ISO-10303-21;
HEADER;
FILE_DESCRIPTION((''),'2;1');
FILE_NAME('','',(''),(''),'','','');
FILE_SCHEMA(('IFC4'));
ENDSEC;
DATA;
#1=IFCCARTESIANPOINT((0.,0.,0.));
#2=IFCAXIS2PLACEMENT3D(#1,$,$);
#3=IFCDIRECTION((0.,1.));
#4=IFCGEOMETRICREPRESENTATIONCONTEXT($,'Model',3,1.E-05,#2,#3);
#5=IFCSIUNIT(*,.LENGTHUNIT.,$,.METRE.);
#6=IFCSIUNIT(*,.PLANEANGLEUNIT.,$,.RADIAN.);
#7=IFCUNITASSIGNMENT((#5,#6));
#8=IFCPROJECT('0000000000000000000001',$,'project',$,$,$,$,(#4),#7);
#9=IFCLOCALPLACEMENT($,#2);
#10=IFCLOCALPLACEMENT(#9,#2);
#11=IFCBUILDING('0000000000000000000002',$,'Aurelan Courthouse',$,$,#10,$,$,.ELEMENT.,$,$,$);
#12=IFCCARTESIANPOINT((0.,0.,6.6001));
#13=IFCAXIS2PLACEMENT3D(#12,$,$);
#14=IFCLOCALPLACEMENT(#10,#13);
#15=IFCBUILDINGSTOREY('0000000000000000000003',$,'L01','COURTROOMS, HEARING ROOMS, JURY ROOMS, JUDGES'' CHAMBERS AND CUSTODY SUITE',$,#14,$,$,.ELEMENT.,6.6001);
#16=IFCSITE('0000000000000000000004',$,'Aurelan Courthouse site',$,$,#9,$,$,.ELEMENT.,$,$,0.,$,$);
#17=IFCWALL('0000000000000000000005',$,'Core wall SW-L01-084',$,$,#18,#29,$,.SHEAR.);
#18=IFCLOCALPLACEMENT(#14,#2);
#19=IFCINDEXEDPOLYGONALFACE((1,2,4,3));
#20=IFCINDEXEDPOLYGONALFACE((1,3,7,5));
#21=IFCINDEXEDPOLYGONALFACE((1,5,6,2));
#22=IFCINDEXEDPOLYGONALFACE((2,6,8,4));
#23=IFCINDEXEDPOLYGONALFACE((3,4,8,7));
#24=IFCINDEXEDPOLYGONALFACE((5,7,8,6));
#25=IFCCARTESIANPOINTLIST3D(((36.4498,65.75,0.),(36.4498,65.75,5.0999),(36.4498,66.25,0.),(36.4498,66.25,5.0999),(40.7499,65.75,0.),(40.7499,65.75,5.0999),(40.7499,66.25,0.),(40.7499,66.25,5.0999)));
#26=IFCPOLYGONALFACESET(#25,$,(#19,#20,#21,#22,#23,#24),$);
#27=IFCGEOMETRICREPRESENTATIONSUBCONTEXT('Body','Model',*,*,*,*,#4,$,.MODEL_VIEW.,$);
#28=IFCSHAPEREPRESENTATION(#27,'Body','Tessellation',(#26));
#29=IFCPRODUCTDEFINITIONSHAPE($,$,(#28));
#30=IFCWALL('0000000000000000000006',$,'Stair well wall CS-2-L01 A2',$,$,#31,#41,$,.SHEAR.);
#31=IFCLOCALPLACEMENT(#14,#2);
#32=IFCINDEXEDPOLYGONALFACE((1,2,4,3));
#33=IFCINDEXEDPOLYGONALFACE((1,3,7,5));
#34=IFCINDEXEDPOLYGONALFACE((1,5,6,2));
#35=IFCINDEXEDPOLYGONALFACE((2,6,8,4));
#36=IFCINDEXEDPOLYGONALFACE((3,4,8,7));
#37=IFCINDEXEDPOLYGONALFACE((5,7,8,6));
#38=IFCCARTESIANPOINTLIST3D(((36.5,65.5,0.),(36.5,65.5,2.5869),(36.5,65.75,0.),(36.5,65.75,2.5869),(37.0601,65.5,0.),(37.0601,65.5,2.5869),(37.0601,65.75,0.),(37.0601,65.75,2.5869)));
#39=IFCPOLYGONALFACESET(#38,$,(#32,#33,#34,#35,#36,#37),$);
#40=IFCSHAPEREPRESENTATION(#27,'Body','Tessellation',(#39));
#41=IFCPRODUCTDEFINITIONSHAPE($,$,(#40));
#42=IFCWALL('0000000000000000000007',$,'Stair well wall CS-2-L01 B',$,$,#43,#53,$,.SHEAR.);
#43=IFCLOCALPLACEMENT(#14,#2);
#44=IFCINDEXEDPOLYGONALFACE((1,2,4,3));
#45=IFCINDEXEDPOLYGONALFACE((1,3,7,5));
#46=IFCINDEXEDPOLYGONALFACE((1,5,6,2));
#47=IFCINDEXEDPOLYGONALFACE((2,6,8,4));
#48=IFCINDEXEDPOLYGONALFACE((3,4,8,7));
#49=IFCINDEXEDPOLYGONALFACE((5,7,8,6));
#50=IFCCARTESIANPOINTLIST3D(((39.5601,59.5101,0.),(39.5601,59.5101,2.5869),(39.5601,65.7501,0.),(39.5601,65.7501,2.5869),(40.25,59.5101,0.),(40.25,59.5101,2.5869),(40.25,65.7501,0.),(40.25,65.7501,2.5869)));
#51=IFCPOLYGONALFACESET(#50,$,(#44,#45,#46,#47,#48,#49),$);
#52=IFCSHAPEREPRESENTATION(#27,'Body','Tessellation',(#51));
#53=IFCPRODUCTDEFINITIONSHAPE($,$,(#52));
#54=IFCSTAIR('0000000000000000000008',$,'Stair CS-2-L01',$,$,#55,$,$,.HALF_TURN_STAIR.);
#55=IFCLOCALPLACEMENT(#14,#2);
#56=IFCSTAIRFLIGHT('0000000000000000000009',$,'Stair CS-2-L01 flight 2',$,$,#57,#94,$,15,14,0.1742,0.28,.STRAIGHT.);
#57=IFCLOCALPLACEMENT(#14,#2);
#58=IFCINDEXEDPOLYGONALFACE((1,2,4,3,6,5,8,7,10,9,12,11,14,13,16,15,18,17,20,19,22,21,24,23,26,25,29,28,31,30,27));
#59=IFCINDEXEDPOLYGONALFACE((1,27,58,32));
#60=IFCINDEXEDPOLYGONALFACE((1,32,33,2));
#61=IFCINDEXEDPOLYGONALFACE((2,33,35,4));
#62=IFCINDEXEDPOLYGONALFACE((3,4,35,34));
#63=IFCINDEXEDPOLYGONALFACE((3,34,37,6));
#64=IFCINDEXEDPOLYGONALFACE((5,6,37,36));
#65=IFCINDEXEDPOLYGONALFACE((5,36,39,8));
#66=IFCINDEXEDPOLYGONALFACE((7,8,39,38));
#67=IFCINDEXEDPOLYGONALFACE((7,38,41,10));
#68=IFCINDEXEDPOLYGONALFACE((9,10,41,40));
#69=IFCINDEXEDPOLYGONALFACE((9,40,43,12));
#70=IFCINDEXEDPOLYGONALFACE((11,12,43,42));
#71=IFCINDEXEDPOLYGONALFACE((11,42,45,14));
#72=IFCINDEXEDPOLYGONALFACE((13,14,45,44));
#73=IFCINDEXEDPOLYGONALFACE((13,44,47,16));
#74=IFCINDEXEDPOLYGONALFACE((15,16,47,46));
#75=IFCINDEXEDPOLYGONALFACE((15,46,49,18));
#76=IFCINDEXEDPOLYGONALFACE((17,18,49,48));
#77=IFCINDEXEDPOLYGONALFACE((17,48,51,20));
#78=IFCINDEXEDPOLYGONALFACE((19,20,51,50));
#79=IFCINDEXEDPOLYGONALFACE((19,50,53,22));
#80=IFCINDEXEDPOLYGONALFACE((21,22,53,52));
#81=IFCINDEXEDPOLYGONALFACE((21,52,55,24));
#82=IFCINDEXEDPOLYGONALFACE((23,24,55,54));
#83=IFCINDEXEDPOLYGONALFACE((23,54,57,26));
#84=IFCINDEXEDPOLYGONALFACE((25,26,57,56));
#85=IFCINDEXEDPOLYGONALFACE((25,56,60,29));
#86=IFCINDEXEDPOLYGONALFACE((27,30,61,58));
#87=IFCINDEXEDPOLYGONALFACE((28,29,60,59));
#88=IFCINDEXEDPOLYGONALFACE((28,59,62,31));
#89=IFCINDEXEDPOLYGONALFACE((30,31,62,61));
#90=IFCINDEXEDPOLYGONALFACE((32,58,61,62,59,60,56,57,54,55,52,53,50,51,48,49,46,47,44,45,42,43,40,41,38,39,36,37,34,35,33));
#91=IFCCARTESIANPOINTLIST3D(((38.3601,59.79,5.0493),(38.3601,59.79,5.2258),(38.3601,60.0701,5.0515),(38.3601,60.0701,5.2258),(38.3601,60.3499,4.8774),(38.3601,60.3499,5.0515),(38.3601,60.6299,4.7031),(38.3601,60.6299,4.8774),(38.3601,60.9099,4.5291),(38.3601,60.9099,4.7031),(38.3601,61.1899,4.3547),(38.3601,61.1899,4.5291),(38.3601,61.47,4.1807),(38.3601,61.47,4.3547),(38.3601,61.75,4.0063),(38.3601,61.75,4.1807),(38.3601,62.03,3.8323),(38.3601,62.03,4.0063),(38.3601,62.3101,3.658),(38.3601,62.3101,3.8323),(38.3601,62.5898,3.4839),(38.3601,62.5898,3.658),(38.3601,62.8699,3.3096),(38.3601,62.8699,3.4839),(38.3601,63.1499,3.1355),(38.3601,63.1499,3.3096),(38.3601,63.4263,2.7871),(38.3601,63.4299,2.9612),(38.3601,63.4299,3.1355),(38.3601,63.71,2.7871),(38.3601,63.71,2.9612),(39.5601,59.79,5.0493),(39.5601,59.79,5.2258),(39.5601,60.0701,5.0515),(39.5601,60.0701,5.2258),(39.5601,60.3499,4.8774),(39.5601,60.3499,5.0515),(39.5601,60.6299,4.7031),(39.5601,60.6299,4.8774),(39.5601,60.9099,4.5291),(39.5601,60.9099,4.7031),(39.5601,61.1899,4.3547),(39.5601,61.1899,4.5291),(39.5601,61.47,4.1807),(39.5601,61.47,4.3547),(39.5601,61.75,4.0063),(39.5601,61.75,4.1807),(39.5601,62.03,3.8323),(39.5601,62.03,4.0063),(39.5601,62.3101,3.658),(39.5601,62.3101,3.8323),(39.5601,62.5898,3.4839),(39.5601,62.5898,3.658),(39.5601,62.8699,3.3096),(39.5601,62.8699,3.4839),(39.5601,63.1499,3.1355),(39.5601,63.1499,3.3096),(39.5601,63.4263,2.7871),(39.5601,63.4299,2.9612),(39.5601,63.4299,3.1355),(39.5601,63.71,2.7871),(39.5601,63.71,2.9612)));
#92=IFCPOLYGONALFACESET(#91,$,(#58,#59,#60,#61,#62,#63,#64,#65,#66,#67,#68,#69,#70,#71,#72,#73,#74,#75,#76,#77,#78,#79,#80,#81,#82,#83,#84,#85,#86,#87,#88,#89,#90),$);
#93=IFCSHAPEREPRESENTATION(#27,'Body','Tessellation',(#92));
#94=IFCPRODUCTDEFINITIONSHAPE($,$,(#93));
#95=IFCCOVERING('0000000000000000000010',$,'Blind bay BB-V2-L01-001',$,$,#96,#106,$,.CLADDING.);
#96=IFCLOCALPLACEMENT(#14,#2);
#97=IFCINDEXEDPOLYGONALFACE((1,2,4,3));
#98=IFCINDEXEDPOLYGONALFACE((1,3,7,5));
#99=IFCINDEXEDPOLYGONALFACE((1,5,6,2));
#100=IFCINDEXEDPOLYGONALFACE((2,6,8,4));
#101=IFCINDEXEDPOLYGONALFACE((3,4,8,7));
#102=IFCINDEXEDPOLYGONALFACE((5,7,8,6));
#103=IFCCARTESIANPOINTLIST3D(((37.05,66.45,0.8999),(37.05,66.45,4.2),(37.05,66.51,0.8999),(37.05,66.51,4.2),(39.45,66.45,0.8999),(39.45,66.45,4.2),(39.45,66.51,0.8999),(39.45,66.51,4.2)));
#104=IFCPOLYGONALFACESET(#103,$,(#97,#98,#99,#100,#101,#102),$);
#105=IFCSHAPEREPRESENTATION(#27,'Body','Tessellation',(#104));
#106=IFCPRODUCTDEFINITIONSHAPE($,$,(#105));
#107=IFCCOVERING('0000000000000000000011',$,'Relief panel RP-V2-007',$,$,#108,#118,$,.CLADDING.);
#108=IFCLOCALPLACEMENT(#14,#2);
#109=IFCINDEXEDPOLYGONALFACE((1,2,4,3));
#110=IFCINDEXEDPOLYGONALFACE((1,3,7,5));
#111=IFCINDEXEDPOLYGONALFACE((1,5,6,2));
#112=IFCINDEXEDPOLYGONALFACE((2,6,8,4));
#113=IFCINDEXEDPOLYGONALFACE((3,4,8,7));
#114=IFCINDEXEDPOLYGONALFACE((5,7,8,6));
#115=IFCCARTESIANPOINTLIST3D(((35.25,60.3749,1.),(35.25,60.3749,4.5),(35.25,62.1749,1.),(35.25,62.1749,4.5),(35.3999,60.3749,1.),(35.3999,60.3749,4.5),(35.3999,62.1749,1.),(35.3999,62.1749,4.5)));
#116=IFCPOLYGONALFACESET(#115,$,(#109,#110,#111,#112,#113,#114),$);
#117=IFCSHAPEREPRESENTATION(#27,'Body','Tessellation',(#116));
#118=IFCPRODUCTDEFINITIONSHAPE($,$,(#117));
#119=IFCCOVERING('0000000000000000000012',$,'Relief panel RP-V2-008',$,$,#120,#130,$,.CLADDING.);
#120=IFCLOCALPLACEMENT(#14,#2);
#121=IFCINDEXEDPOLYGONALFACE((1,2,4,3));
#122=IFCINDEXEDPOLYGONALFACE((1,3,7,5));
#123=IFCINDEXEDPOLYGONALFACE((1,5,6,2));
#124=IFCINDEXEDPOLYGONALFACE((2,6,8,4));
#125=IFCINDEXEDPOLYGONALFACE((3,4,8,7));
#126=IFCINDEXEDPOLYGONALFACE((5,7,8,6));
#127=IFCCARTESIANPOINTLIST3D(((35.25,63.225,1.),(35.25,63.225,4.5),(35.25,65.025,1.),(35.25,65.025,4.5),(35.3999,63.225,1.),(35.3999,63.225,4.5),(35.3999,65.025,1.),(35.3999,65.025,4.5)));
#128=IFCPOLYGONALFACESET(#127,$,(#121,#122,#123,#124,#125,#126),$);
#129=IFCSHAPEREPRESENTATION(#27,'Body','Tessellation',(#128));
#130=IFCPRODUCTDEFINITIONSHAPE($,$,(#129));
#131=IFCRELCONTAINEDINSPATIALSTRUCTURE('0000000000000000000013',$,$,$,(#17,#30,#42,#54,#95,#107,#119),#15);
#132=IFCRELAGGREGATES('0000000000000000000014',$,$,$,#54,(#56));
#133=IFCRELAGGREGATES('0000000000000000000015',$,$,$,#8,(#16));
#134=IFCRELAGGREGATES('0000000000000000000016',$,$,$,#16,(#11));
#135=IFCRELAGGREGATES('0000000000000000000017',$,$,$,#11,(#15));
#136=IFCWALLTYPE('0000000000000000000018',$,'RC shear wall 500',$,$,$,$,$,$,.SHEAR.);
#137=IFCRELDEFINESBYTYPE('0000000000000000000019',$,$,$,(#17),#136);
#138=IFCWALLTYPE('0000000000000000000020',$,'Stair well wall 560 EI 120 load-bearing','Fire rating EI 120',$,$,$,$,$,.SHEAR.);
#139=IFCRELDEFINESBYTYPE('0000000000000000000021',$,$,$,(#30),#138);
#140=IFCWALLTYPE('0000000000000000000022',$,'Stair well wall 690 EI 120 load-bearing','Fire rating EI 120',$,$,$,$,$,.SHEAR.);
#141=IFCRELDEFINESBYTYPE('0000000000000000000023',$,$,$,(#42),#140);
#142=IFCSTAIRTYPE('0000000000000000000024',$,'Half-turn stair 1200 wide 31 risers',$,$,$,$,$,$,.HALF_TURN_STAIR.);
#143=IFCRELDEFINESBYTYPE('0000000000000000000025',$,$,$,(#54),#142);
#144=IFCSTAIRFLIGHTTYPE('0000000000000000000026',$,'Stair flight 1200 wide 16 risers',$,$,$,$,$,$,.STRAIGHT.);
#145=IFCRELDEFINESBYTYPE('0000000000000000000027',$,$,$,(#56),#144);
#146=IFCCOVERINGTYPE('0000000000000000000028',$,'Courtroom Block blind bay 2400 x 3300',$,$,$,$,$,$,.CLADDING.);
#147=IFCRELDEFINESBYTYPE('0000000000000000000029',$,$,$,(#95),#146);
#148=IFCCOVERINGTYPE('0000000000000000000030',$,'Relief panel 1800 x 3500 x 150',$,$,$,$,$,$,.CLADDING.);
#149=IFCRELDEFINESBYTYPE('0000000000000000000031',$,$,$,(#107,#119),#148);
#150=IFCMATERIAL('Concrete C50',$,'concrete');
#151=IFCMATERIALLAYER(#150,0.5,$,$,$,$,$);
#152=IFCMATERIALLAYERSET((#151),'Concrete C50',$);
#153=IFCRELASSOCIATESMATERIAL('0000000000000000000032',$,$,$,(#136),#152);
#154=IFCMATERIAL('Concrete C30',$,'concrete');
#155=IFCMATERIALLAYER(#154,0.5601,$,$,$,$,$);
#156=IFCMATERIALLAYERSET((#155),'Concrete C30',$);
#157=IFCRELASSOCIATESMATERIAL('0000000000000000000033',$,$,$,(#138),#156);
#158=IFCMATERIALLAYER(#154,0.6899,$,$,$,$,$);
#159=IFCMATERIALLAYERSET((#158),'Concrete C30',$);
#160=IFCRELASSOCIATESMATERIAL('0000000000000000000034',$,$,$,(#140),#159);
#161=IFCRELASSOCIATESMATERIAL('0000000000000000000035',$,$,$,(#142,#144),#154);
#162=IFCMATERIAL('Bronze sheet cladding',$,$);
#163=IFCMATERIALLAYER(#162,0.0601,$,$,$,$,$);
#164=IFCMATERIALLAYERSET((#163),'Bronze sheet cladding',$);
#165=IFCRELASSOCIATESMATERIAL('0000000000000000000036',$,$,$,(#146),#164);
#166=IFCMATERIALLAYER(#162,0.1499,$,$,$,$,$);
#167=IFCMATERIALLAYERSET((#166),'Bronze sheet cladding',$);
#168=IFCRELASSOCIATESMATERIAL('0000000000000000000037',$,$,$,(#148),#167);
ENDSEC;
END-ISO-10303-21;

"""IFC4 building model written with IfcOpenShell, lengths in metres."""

from ifc_helpers import new_model, si_unit, direction, frame, frame_2d, origin, origin_2d, place, context, subcontext, project, spatial, polyline, rectangle, outline, extrude, material, layer, layer_set, type_object, element, aggregate, save


model = new_model("IFC4")

# Units and contexts
model_context = context("Model", 3, precision=1e-05, world=origin(), true_north=direction((0.0, 1.0)))
body_context = subcontext(model_context, "Body", "Model", "MODEL_VIEW")
ifc_project = project(units=[si_unit("LENGTHUNIT", "METRE"), si_unit("PLANEANGLEUNIT", "RADIAN")], contexts=[model_context])

# Site, building, storey
site_placement = place(None, origin())
site = spatial("IfcSite", under=ifc_project, at=site_placement, Name="Aurelan Courthouse site", CompositionType="ELEMENT", RefElevation=0.0)
building_placement = place(site_placement, origin())
building = spatial("IfcBuilding", under=site, at=building_placement, Name="Aurelan Courthouse", CompositionType="ELEMENT")
storey_placement = place(building_placement, frame((0.0, 0.0, 6.6001)))
storey = spatial("IfcBuildingStorey", under=building, at=storey_placement, Name="L01", Description="COURTROOMS, HEARING ROOMS, JURY ROOMS, JUDGES' CHAMBERS AND CUSTODY SUITE", CompositionType="ELEMENT", Elevation=6.6001)

# Shared definitions
ifc_material_1 = material(Name="Concrete C50", Category="concrete")

# Shared definitions
ifc_material_2 = material(Name="Concrete C30", Category="concrete")

# Walls
ifc_layer_1 = layer(ifc_material_1, 0.5)
ifc_layer_set_1 = layer_set([ifc_layer_1], Name="Concrete C50")
wall_type_1 = type_object("IfcWallType", Name="RC shear wall 500", PredefinedType="SHEAR", material=ifc_layer_set_1)
wall_1_placement = place(storey_placement, frame((36.45, 66.0, 0.0), z_axis=(0.0, 0.0, 1.0), x_axis=(1.0, 0.0, 0.0)))
element("IfcWall", 1, at=wall_1_placement, inside=storey, type_object=wall_type_1, Name="Core wall SW-L01-084", PredefinedType="SHEAR", context=body_context, shape_type="SweptSolid", body=[
    extrude(rectangle(XDim=4.3, YDim=0.5, at=frame_2d((2.1499, 0.0))), origin(), (0.0, 0.0, 1.0), 5.0999),
])
ifc_layer_2 = layer(ifc_material_2, 0.5601)
ifc_layer_set_2 = layer_set([ifc_layer_2], Name="Concrete C30")
wall_type_2 = type_object("IfcWallType", Name="Stair well wall 560 EI 120 load-bearing", Description="Fire rating EI 120", PredefinedType="SHEAR", material=ifc_layer_set_2)
wall_2_placement = place(storey_placement, frame((36.78, 65.5, 0.0), z_axis=(0.0, 0.0, 1.0), x_axis=(0.0, 1.0, 0.0)))
element("IfcWall", 2, at=wall_2_placement, inside=storey, type_object=wall_type_2, Name="Stair well wall CS-2-L01 A2", PredefinedType="SHEAR", context=body_context, shape_type="SweptSolid", body=[
    extrude(rectangle(XDim=0.25, YDim=0.5601, at=frame_2d((0.125, 0.0))), origin(), (0.0, 0.0, 1.0), 2.5869),
])
ifc_layer_3 = layer(ifc_material_2, 0.6899)
ifc_layer_set_3 = layer_set([ifc_layer_3], Name="Concrete C30")
wall_type_3 = type_object("IfcWallType", Name="Stair well wall 690 EI 120 load-bearing", Description="Fire rating EI 120", PredefinedType="SHEAR", material=ifc_layer_set_3)
wall_3_placement = place(storey_placement, frame((39.905, 59.51, 0.0), z_axis=(0.0, 0.0, 1.0), x_axis=(0.0, 1.0, 0.0)))
element("IfcWall", 3, at=wall_3_placement, inside=storey, type_object=wall_type_3, Name="Stair well wall CS-2-L01 B", PredefinedType="SHEAR", context=body_context, shape_type="SweptSolid", body=[
    extrude(rectangle(XDim=6.24, YDim=0.6899, at=frame_2d((3.1201, 0.0))), origin(), (0.0, 0.0, 1.0), 2.5869),
])

# Stair, stair flight
stair_type = type_object("IfcStairType", Name="Half-turn stair 1200 wide 31 risers", PredefinedType="HALF_TURN_STAIR", material=ifc_material_2)
stair_placement = place(storey_placement, origin())
stair = element("IfcStair", 4, at=stair_placement, inside=storey, type_object=stair_type, Name="Stair CS-2-L01", PredefinedType="HALF_TURN_STAIR")
stair_flight_type = type_object("IfcStairFlightType", Name="Stair flight 1200 wide 16 risers", PredefinedType="STRAIGHT", material=ifc_material_2)
stair_flight_placement = place(storey_placement, frame((38.96, 63.71, 2.7871), z_axis=(0.0, 0.0, 1.0), x_axis=(0.0, -1.0, 0.0)))
stair_flight = element("IfcStairFlight", 5, at=stair_flight_placement, type_object=stair_flight_type, Name="Stair CS-2-L01 flight 2", NumberOfRisers=15, NumberOfTreads=14, PredefinedType="STRAIGHT", RiserHeight=0.1742, TreadLength=0.28, context=body_context, shape_type="SweptSolid", body=[
    extrude(outline(polyline([(0.0, 0.0), (0.0, 0.1741), (0.28, 0.1741), (0.28, 0.3484), (0.5601, 0.3484), (0.5601, 0.5225), (0.8401, 0.5225), (0.8401, 0.6968), (1.1201, 0.6968), (1.1201, 0.8708), (1.3999, 0.8708), (1.3999, 1.0452), (1.6799, 1.0452), (1.6799, 1.2192), (1.96, 1.2192), (1.96, 1.3936), (2.24, 1.3936), (2.24, 1.5676), (2.52, 1.5676), (2.52, 1.7419), (2.8, 1.7419), (2.8, 1.916), (3.0801, 1.916), (3.0801, 2.0903), (3.3601, 2.0903), (3.3601, 2.2644), (3.6399, 2.2644), (3.6399, 2.4387), (3.9199, 2.4387), (3.9199, 2.6128), (3.9199, 2.2622), (0.2837, 0.0), (0.0, 0.0)])), frame((0.0, 0.6001, 0.0), z_axis=(0.0, -1.0, 0.0), x_axis=(1.0, 0.0, 0.0)), (0.0, 0.0, 1.0), 1.2),
])
aggregate(stair, [stair_flight])

# Coverings
ifc_material_3 = material(Name="Bronze sheet cladding")
ifc_layer_4 = layer(ifc_material_3, 0.0601)
ifc_layer_set_4 = layer_set([ifc_layer_4], Name="Bronze sheet cladding")
covering_type_1 = type_object("IfcCoveringType", Name="Courtroom Block blind bay 2400 x 3300", PredefinedType="CLADDING", material=ifc_layer_set_4)
covering_placement = place(storey_placement, frame((38.25, 66.48, 0.8999), z_axis=(0.0, 0.0, 1.0), x_axis=(1.0, 0.0, 0.0)))
element("IfcCovering", 6, at=covering_placement, inside=storey, type_object=covering_type_1, Name="Blind bay BB-V2-L01-001", PredefinedType="CLADDING", context=body_context, shape_type="SweptSolid", body=[
    extrude(rectangle(XDim=2.3999, YDim=0.0601, at=origin_2d()), origin(), (0.0, 0.0, 1.0), 3.3),
])
ifc_layer_5 = layer(ifc_material_3, 0.1499)
ifc_layer_set_5 = layer_set([ifc_layer_5], Name="Bronze sheet cladding")
covering_type_2 = type_object("IfcCoveringType", Name="Relief panel 1800 x 3500 x 150", PredefinedType="CLADDING", material=ifc_layer_set_5)
for number, where, z_axis, x_axis, name in (
    (7, (35.325, 61.2749, 1.0), (0.0, 0.0, 1.0), (1.0, 0.0, 0.0), "Relief panel RP-V2-007"),
    (8, (35.325, 64.125, 1.0), (0.0, 0.0, 1.0), (1.0, 0.0, 0.0), "Relief panel RP-V2-008"),
):
    element("IfcCovering", number, at=place(storey_placement, frame(where, z_axis=z_axis, x_axis=x_axis)), inside=storey, type_object=covering_type_2, Name=name, PredefinedType="CLADDING", context=body_context, shape_type="SweptSolid", body=[
        extrude(rectangle(XDim=0.1499, YDim=1.8, at=origin_2d()), origin(), (0.0, 0.0, 1.0), 3.5),
    ])

save(model, "model.ifc")
